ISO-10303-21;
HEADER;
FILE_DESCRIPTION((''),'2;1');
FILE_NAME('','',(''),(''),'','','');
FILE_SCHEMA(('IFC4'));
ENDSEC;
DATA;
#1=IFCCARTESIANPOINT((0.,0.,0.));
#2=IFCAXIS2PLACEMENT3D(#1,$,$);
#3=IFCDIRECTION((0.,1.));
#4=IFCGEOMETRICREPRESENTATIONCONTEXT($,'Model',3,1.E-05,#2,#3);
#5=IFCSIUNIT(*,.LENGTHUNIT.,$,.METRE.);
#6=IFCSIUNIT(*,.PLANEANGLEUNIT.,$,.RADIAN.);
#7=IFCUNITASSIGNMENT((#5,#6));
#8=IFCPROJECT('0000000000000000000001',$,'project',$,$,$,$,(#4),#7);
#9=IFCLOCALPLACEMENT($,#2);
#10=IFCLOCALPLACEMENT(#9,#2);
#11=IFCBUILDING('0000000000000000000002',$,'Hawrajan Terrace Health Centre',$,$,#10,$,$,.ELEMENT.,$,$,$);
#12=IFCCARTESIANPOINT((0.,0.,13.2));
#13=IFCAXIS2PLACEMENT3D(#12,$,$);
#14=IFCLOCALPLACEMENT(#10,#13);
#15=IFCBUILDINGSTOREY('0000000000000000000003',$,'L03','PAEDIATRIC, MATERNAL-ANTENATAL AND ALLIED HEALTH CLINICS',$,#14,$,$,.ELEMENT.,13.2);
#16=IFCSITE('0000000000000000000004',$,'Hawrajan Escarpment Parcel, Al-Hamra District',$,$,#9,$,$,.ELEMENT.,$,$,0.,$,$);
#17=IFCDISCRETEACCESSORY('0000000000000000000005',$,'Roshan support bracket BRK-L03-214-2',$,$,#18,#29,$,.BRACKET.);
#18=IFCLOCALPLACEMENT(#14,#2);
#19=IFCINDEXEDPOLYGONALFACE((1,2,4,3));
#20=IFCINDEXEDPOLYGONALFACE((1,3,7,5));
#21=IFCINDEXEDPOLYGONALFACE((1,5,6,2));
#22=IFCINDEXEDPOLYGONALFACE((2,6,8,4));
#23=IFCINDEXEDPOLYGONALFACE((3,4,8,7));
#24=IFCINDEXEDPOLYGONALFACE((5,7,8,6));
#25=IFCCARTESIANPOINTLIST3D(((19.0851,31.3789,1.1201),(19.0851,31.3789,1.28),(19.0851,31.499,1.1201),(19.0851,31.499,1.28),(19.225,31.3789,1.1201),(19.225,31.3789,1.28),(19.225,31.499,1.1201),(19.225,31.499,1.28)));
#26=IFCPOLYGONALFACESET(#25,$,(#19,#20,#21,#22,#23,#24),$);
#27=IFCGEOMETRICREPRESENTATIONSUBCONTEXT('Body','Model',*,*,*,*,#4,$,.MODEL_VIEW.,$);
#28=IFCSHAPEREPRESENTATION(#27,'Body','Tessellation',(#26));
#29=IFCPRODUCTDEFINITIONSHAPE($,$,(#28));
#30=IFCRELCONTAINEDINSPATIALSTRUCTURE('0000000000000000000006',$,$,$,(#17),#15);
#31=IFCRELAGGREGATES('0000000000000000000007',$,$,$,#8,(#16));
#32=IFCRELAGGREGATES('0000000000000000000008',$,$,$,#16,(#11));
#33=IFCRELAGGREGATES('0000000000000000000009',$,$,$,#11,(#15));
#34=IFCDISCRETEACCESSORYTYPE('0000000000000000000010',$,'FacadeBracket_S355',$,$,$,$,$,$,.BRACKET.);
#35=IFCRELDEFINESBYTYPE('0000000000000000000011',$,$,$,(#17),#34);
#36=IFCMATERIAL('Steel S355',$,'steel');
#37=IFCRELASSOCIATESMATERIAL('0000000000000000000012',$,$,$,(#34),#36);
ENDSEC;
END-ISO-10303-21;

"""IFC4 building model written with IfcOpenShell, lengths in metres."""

from ifc_helpers import new_model, si_unit, direction, frame, origin, origin_2d, place, context, subcontext, project, spatial, rectangle, extrude, material, type_object, element, save


model = new_model("IFC4")

# Units and contexts
model_context = context("Model", 3, precision=1e-05, world=origin(), true_north=direction((0.0, 1.0)))
body_context = subcontext(model_context, "Body", "Model", "MODEL_VIEW")
ifc_project = project(units=[si_unit("LENGTHUNIT", "METRE"), si_unit("PLANEANGLEUNIT", "RADIAN")], contexts=[model_context])

# Site, building, storey
site_placement = place(None, origin())
site = spatial("IfcSite", under=ifc_project, at=site_placement, Name="Hawrajan Escarpment Parcel, Al-Hamra District", CompositionType="ELEMENT", RefElevation=0.0)
building_placement = place(site_placement, origin())
building = spatial("IfcBuilding", under=site, at=building_placement, Name="Hawrajan Terrace Health Centre", CompositionType="ELEMENT")
storey_placement = place(building_placement, frame((0.0, 0.0, 13.2)))
storey = spatial("IfcBuildingStorey", under=building, at=storey_placement, Name="L03", Description="PAEDIATRIC, MATERNAL-ANTENATAL AND ALLIED HEALTH CLINICS", CompositionType="ELEMENT", Elevation=13.2)

# Discrete accessory
ifc_material_1 = material(Name="Steel S355", Category="steel")
discrete_accessory_type = type_object("IfcDiscreteAccessoryType", Name="FacadeBracket_S355", PredefinedType="BRACKET", material=ifc_material_1)
for number, where, z_axis, x_axis, name in (
    (1, (19.155, 31.439, 1.1201), (0.0, 0.0, 1.0), (0.0, 1.0, 0.0), "Roshan support bracket BRK-L03-214-2"),
):
    element("IfcDiscreteAccessory", number, at=place(storey_placement, frame(where, z_axis=z_axis, x_axis=x_axis)), inside=storey, type_object=discrete_accessory_type, Name=name, PredefinedType="BRACKET", context=body_context, shape_type="SweptSolid", body=[
        extrude(rectangle(XDim=0.1201, YDim=0.1399, at=origin_2d()), origin(), (0.0, 0.0, 1.0), 0.1599),
    ])

save(model, "model.ifc")
